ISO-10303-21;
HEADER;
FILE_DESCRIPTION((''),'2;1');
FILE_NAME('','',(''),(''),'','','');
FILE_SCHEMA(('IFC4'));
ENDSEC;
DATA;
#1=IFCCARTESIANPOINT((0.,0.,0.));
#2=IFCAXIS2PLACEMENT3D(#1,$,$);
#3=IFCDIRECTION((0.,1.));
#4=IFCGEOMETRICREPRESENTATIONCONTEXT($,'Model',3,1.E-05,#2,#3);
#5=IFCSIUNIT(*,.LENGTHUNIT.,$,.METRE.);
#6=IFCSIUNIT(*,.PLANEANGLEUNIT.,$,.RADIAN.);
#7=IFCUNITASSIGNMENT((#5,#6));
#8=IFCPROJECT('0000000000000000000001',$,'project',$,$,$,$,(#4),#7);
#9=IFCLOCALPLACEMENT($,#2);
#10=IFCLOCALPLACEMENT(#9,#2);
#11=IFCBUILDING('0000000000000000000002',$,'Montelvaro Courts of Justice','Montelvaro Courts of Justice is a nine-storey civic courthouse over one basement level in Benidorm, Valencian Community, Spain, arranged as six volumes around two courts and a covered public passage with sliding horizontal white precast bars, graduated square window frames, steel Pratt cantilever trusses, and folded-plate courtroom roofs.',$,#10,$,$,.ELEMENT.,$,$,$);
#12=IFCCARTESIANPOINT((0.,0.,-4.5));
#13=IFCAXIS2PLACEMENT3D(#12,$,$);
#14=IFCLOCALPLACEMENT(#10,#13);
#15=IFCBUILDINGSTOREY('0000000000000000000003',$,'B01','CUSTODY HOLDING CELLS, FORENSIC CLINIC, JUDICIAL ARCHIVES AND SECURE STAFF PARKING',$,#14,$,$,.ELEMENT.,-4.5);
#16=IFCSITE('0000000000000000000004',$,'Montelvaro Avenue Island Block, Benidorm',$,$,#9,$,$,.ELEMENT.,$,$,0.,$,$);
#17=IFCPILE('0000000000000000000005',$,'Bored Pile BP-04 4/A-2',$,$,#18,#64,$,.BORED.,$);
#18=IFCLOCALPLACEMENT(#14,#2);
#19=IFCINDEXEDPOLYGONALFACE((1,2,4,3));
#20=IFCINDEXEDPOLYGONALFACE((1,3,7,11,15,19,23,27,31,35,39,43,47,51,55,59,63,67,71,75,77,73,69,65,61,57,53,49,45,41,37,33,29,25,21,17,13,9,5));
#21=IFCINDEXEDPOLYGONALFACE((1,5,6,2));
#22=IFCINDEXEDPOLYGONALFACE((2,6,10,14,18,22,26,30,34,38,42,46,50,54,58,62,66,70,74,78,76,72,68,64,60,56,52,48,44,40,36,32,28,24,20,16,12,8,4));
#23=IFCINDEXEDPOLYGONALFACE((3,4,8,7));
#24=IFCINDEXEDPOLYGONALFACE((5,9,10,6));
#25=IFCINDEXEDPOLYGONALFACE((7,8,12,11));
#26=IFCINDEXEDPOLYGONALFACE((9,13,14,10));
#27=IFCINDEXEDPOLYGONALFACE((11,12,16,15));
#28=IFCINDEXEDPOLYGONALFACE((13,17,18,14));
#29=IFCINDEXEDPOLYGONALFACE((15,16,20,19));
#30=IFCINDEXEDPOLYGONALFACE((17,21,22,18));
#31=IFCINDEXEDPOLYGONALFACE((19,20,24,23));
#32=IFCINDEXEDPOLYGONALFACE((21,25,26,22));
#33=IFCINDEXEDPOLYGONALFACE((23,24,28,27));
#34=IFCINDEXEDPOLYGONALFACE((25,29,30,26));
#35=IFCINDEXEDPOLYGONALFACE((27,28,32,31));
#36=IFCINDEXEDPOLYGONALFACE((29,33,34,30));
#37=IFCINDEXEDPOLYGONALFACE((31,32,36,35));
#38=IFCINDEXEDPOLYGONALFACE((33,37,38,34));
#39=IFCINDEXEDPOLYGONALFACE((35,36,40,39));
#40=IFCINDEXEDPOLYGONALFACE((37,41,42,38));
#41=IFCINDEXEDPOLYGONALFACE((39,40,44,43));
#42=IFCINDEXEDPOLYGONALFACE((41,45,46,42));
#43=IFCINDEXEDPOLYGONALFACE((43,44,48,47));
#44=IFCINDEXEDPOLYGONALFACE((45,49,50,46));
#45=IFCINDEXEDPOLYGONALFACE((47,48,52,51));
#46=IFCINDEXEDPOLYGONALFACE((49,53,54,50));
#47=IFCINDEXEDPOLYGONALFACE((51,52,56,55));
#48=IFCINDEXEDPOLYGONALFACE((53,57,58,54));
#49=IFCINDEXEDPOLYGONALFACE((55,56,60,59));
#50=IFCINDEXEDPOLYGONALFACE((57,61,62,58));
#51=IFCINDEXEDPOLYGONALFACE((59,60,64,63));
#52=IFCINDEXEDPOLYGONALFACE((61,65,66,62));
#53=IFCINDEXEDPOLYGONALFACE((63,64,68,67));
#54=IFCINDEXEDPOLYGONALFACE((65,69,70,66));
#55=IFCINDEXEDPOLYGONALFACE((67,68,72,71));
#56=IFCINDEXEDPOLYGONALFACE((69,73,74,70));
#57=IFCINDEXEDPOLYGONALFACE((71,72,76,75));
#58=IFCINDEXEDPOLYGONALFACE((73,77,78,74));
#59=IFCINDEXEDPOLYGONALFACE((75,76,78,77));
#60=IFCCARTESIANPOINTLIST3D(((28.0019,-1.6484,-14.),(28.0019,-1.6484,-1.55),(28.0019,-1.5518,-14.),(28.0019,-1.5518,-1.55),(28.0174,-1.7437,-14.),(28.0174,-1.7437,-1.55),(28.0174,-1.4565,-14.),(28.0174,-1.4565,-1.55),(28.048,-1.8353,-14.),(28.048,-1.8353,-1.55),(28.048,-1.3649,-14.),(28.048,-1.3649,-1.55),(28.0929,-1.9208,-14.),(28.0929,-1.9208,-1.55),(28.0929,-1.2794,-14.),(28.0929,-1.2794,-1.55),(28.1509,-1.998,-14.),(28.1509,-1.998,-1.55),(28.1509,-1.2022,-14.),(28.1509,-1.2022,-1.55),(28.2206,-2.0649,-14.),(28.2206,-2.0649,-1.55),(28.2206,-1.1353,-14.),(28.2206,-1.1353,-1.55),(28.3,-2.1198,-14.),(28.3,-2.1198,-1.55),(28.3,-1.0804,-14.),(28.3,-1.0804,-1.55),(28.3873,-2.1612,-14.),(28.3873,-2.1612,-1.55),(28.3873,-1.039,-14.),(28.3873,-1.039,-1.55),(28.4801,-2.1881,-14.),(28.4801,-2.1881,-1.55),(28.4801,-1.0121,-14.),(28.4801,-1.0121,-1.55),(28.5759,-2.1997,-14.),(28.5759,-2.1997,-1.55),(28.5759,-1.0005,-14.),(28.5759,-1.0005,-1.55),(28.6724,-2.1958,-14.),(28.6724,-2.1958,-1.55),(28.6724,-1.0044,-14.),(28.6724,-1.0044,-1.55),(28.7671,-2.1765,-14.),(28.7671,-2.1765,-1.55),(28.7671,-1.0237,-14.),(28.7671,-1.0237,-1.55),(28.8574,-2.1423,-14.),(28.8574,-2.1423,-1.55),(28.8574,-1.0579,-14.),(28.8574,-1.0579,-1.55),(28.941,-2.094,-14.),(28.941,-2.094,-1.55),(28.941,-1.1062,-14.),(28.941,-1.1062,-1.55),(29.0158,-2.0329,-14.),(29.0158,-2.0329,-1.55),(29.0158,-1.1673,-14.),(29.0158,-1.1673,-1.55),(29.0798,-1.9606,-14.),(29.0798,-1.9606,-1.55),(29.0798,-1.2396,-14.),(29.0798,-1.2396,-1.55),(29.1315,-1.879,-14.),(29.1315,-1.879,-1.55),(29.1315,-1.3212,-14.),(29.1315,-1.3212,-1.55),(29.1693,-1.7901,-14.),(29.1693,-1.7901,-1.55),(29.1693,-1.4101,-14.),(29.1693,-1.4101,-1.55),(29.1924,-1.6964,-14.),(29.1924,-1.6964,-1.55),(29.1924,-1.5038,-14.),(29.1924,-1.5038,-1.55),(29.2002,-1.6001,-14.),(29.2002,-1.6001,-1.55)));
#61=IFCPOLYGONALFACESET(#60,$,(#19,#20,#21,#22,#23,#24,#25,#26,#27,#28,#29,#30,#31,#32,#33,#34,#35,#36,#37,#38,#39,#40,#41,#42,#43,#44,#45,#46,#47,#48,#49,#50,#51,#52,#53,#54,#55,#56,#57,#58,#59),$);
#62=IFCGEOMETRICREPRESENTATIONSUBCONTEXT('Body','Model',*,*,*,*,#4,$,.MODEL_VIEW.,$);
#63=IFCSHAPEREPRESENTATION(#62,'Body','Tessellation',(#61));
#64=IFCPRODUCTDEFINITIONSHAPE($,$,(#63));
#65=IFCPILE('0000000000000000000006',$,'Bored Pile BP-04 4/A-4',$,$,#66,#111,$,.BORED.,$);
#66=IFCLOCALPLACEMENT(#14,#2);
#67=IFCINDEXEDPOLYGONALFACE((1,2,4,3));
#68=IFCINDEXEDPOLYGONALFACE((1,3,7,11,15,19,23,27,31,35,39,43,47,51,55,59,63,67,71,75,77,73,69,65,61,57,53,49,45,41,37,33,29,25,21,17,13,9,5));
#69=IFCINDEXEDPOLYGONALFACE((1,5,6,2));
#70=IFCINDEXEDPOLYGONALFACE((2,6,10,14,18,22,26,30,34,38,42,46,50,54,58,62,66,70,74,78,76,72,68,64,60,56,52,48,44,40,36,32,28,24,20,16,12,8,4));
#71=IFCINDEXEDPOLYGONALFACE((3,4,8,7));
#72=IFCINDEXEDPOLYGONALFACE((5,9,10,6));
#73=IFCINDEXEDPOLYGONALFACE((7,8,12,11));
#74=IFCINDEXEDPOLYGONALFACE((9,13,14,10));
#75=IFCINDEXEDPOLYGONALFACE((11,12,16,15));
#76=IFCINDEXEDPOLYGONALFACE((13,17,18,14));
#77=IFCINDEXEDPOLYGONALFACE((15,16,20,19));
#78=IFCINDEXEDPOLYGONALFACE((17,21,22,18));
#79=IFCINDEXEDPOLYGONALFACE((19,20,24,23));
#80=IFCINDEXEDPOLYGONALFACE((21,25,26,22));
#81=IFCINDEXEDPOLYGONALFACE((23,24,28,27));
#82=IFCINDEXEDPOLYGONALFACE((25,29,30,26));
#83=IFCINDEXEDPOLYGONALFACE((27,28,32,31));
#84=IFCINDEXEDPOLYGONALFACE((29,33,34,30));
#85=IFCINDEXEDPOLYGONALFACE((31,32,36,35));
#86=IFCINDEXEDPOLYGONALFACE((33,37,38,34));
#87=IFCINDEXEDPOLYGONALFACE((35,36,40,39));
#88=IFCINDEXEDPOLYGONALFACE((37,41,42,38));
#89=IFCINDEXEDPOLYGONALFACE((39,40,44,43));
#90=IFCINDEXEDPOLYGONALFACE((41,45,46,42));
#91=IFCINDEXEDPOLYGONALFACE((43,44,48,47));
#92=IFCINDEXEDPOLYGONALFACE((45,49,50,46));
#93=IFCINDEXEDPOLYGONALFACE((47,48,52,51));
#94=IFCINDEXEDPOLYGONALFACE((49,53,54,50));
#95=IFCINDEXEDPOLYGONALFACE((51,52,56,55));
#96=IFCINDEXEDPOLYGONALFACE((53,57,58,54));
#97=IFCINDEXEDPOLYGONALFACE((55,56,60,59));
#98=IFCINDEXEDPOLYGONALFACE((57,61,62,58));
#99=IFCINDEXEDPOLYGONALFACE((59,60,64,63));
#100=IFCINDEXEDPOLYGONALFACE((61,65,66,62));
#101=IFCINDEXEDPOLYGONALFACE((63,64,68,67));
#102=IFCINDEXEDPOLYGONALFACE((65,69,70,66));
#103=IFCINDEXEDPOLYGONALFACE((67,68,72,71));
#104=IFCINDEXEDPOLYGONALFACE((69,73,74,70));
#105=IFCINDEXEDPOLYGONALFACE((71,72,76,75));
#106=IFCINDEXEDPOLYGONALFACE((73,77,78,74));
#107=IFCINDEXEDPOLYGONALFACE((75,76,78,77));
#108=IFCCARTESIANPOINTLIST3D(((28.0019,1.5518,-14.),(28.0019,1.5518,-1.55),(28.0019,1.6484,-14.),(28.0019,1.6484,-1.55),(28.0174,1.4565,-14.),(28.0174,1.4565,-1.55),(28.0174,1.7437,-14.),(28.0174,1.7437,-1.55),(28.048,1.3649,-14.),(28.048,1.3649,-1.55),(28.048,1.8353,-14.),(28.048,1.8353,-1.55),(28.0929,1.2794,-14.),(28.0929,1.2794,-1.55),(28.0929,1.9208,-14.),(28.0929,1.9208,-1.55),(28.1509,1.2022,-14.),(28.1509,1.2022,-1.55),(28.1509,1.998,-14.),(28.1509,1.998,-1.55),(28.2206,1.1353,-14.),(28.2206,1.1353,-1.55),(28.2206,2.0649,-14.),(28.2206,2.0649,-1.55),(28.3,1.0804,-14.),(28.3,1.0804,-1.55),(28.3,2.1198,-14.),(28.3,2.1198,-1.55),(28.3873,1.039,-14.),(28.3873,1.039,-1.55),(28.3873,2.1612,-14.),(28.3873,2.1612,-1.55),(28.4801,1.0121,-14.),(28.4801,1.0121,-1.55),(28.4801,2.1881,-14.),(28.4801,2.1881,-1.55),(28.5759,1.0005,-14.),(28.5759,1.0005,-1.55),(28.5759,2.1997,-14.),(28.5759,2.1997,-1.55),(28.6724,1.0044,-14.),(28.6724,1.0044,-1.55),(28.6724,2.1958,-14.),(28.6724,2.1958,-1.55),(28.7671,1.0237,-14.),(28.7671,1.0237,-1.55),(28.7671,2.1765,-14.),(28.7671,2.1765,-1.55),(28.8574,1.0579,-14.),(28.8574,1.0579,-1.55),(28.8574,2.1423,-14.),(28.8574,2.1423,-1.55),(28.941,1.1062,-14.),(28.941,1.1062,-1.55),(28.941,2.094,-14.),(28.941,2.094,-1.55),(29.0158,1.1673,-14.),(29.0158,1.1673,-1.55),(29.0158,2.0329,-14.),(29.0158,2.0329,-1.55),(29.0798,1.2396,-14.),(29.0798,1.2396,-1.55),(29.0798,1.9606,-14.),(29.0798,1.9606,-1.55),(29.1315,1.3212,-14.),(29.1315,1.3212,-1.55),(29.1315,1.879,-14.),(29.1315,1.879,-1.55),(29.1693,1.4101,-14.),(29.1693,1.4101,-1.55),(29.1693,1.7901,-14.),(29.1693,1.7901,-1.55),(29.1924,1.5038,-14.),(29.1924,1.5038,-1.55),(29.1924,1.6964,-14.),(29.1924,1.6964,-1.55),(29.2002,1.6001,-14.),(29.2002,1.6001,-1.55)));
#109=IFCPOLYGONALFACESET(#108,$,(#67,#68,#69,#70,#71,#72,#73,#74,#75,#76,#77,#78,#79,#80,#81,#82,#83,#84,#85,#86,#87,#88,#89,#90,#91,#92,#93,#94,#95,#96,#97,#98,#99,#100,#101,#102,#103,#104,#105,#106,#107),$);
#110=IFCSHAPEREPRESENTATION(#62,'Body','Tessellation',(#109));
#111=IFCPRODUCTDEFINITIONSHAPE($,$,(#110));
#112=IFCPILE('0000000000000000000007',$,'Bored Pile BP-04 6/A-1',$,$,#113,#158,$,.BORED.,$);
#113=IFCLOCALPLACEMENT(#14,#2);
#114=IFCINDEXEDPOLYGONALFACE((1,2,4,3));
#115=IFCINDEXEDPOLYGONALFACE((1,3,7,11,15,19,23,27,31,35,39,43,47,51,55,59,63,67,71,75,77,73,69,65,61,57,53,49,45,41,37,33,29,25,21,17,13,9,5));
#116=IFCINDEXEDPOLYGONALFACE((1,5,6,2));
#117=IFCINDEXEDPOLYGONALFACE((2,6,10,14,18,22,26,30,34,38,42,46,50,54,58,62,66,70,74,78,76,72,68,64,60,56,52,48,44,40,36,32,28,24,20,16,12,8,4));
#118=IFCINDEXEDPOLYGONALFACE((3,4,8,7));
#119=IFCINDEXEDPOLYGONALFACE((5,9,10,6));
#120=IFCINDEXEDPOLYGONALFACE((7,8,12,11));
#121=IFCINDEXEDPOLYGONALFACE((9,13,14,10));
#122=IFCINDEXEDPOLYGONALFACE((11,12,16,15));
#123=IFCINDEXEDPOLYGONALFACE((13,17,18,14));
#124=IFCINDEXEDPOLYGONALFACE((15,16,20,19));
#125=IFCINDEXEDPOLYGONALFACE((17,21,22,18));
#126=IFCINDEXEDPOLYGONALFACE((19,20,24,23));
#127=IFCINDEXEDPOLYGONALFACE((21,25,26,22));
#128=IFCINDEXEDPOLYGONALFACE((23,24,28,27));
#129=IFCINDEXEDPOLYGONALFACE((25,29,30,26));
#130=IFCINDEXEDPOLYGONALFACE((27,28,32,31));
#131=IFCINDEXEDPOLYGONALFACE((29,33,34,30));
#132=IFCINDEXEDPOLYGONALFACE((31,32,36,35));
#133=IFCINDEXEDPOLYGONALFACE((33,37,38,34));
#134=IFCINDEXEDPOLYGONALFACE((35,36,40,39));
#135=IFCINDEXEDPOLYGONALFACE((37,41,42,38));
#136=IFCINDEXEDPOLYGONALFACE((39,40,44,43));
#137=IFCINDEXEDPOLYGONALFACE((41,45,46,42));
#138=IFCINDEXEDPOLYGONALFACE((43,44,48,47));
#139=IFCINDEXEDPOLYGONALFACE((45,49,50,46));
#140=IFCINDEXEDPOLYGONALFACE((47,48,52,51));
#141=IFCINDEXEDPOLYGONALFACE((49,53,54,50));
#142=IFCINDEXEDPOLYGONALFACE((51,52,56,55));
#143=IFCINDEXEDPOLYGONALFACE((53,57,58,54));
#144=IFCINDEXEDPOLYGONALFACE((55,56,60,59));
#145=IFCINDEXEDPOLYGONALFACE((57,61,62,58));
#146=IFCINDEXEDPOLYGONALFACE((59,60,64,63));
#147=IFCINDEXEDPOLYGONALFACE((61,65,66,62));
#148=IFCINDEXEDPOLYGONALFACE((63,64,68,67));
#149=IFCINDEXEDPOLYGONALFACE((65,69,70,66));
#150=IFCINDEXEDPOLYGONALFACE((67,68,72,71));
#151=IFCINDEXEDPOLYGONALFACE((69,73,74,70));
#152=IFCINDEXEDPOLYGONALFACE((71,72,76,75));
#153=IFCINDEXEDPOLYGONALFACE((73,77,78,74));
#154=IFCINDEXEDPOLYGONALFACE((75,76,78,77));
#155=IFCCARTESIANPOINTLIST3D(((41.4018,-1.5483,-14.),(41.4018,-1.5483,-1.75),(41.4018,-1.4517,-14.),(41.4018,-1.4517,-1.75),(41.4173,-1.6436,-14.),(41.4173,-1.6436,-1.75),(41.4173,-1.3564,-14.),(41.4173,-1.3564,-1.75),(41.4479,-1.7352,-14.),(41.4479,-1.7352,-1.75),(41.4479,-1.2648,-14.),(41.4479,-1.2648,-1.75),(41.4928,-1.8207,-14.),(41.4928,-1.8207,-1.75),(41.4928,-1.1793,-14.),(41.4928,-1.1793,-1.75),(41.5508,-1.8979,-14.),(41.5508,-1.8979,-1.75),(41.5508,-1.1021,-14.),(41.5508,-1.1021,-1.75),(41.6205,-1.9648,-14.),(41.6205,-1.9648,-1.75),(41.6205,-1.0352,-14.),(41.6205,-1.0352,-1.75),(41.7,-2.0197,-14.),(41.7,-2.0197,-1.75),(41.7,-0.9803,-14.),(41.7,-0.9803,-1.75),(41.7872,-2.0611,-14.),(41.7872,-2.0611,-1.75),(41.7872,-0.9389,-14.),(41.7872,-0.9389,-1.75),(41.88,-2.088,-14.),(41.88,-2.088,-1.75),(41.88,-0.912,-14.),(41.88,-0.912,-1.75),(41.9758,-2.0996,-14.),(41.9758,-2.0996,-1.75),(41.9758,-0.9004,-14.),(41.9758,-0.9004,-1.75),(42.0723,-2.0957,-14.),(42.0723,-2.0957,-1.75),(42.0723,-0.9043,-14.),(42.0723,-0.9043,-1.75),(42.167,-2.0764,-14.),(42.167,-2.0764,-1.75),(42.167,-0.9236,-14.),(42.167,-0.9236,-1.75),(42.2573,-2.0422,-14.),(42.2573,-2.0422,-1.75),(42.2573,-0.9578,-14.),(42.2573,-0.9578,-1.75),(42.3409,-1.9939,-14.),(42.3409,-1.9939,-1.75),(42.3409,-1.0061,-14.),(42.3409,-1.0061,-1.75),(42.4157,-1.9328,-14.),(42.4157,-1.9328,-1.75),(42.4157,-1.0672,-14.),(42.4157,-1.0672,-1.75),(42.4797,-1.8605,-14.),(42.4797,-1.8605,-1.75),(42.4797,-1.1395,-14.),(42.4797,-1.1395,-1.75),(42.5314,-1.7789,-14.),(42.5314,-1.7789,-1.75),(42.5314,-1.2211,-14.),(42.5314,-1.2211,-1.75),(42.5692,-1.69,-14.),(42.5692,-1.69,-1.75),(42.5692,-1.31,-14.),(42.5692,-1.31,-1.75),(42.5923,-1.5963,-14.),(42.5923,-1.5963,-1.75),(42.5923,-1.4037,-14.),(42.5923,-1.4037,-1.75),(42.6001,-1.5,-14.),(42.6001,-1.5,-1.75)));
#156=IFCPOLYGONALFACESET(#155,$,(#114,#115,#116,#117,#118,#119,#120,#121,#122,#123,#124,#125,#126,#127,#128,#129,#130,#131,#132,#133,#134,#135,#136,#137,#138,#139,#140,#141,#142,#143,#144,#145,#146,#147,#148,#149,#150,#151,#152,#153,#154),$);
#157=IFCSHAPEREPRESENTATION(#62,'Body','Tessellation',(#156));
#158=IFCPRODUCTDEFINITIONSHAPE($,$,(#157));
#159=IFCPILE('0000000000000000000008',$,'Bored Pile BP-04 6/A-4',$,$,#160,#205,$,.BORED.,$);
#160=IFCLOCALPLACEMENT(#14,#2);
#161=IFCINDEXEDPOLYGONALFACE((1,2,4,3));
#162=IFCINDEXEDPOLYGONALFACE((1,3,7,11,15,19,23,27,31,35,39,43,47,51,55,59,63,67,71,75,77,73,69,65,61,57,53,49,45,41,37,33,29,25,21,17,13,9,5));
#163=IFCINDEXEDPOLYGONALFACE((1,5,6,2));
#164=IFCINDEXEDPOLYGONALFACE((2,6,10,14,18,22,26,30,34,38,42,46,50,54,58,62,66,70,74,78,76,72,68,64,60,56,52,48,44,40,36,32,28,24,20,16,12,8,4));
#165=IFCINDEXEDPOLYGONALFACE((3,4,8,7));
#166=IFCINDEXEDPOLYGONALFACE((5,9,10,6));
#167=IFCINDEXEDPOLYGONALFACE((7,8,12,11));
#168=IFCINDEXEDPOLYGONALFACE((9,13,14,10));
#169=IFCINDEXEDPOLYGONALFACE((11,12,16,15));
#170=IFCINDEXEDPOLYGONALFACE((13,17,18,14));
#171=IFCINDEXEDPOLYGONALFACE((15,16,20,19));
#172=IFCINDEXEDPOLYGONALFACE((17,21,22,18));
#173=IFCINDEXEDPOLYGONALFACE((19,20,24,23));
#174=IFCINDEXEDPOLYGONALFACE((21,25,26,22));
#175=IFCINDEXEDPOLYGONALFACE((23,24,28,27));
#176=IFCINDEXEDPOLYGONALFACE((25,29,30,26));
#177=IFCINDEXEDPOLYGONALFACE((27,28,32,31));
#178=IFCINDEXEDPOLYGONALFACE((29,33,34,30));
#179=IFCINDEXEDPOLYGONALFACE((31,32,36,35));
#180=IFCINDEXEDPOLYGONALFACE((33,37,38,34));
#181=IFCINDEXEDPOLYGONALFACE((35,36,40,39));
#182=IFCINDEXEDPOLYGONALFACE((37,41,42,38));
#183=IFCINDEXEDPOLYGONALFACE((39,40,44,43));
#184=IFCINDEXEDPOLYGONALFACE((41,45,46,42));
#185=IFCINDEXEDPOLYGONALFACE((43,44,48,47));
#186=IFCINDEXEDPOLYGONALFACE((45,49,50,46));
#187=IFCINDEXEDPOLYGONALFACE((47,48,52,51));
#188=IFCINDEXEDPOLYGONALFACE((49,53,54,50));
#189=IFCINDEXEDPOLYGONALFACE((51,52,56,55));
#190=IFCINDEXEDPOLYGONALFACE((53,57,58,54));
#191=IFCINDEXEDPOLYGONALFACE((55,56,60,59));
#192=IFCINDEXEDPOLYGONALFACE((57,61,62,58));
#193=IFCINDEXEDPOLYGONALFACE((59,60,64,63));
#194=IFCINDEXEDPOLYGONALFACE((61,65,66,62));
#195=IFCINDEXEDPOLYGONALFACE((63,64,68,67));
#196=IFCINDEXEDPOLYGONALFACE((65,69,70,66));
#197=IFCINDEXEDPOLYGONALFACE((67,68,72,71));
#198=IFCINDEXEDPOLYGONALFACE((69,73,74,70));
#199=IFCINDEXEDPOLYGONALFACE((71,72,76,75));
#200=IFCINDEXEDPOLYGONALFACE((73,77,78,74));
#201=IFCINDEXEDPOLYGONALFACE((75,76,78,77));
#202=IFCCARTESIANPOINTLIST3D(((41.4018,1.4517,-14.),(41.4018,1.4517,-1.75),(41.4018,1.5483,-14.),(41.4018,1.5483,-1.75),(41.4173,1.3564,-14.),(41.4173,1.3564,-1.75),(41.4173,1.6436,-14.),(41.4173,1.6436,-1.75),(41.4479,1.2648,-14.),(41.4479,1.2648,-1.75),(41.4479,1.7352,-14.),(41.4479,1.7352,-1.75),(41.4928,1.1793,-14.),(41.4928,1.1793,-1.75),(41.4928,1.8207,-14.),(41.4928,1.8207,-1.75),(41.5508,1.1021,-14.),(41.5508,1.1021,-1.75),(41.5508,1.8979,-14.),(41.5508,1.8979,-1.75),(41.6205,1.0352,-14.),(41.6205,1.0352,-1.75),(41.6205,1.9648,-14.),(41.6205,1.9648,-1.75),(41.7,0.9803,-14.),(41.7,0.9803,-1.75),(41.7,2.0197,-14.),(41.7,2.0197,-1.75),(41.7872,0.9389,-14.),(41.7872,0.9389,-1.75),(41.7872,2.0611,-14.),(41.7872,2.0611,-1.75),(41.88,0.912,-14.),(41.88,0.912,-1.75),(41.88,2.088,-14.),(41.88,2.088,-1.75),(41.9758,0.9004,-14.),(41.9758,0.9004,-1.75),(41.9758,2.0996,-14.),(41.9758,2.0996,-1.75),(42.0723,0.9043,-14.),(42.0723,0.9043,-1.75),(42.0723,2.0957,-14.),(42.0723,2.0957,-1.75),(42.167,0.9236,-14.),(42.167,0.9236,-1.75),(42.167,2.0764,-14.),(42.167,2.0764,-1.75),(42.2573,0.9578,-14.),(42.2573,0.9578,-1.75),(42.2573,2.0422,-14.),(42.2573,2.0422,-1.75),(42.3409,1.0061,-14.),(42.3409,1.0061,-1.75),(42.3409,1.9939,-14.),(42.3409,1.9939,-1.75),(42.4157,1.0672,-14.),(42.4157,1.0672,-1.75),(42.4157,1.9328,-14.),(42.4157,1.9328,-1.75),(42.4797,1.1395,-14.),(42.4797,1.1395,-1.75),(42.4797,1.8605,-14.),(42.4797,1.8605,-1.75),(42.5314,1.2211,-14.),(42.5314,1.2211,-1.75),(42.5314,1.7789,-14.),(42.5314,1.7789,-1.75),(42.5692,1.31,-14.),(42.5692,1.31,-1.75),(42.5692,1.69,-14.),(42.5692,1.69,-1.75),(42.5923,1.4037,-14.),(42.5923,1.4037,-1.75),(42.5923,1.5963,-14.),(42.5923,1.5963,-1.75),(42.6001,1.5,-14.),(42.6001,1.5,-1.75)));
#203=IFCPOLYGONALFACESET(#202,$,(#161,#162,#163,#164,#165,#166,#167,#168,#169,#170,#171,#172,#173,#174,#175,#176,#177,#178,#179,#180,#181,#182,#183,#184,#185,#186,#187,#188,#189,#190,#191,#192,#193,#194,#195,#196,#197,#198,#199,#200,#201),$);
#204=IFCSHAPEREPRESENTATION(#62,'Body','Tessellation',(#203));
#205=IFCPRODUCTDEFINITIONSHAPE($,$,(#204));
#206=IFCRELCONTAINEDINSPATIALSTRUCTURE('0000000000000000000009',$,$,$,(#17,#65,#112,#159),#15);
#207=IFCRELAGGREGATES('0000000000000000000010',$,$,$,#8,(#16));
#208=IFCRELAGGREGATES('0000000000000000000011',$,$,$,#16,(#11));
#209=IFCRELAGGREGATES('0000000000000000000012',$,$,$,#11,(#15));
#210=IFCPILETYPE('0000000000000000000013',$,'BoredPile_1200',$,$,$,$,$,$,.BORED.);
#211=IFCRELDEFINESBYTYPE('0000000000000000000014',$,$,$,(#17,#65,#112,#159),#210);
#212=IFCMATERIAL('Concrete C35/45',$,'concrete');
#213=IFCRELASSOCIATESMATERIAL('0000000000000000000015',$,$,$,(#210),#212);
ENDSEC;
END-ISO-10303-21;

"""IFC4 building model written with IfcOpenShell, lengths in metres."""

from ifc_helpers import new_model, si_unit, direction, frame, origin, origin_2d, place, context, subcontext, project, spatial, circle, extrude, material, material_profile, profile_set, type_object, element, save


model = new_model("IFC4")

# Units and contexts
model_context = context("Model", 3, precision=1e-05, world=origin(), true_north=direction((0.0, 1.0)))
body_context = subcontext(model_context, "Body", "Model", "MODEL_VIEW")
ifc_project = project(units=[si_unit("LENGTHUNIT", "METRE"), si_unit("PLANEANGLEUNIT", "RADIAN")], contexts=[model_context])

# Site, building, storey
site_placement = place(None, origin())
site = spatial("IfcSite", under=ifc_project, at=site_placement, Name="Montelvaro Avenue Island Block, Benidorm", CompositionType="ELEMENT", RefElevation=0.0)
building_placement = place(site_placement, origin())
building = spatial("IfcBuilding", under=site, at=building_placement, Name="Montelvaro Courts of Justice", Description="Montelvaro Courts of Justice is a nine-storey civic courthouse over one basement level in Benidorm, Valencian Community, Spain, arranged as six volumes around two courts and a covered public passage with sliding horizontal white precast bars, graduated square window frames, steel Pratt cantilever trusses, and folded-plate courtroom roofs.", CompositionType="ELEMENT")
storey_placement = place(building_placement, frame((0.0, 0.0, -4.5)))
storey = spatial("IfcBuildingStorey", under=building, at=storey_placement, Name="B01", Description="CUSTODY HOLDING CELLS, FORENSIC CLINIC, JUDICIAL ARCHIVES AND SECURE STAFF PARKING", CompositionType="ELEMENT", Elevation=-4.5)

# Piles
ifc_material_1 = material(Name="Concrete C35/45", Category="concrete")
ifc_material_profile_1 = material_profile(ifc_material_1, circle(Radius=0.6001, at=origin_2d()), Name="BORED PILE D1200")
ifc_profile_set_1 = profile_set([ifc_material_profile_1], Name="Concrete C35/45")
pile_type_1 = type_object("IfcPileType", Name="BoredPile_1200", PredefinedType="BORED", material=ifc_profile_set_1)
for number, where, z_axis, x_axis, name in (
    (1, (28.6001, -1.6001, -1.55), (0.0, 0.0, -1.0), (1.0, 0.0, 0.0), "Bored Pile BP-04 4/A-2"),
    (2, (28.6001, 1.6001, -1.55), (0.0, 0.0, -1.0), (1.0, 0.0, 0.0), "Bored Pile BP-04 4/A-4"),
):
    element("IfcPile", number, at=place(storey_placement, frame(where, z_axis=z_axis, x_axis=x_axis)), inside=storey, type_object=pile_type_1, Name=name, PredefinedType="BORED", context=body_context, shape_type="SweptSolid", body=[
        extrude(circle(Radius=0.6001, at=origin_2d()), origin(), (0.0, 0.0, 1.0), 12.45),
    ])
for number, where, z_axis, x_axis, name in (
    (3, (42.0, -1.5, -1.75), (0.0, 0.0, -1.0), (1.0, 0.0, 0.0), "Bored Pile BP-04 6/A-1"),
    (4, (42.0, 1.5, -1.75), (0.0, 0.0, -1.0), (1.0, 0.0, 0.0), "Bored Pile BP-04 6/A-4"),
):
    element("IfcPile", number, at=place(storey_placement, frame(where, z_axis=z_axis, x_axis=x_axis)), inside=storey, type_object=pile_type_1, Name=name, PredefinedType="BORED", context=body_context, shape_type="SweptSolid", body=[
        extrude(circle(Radius=0.6001, at=origin_2d()), origin(), (0.0, 0.0, 1.0), 12.25),
    ])

save(model, "model.ifc")
